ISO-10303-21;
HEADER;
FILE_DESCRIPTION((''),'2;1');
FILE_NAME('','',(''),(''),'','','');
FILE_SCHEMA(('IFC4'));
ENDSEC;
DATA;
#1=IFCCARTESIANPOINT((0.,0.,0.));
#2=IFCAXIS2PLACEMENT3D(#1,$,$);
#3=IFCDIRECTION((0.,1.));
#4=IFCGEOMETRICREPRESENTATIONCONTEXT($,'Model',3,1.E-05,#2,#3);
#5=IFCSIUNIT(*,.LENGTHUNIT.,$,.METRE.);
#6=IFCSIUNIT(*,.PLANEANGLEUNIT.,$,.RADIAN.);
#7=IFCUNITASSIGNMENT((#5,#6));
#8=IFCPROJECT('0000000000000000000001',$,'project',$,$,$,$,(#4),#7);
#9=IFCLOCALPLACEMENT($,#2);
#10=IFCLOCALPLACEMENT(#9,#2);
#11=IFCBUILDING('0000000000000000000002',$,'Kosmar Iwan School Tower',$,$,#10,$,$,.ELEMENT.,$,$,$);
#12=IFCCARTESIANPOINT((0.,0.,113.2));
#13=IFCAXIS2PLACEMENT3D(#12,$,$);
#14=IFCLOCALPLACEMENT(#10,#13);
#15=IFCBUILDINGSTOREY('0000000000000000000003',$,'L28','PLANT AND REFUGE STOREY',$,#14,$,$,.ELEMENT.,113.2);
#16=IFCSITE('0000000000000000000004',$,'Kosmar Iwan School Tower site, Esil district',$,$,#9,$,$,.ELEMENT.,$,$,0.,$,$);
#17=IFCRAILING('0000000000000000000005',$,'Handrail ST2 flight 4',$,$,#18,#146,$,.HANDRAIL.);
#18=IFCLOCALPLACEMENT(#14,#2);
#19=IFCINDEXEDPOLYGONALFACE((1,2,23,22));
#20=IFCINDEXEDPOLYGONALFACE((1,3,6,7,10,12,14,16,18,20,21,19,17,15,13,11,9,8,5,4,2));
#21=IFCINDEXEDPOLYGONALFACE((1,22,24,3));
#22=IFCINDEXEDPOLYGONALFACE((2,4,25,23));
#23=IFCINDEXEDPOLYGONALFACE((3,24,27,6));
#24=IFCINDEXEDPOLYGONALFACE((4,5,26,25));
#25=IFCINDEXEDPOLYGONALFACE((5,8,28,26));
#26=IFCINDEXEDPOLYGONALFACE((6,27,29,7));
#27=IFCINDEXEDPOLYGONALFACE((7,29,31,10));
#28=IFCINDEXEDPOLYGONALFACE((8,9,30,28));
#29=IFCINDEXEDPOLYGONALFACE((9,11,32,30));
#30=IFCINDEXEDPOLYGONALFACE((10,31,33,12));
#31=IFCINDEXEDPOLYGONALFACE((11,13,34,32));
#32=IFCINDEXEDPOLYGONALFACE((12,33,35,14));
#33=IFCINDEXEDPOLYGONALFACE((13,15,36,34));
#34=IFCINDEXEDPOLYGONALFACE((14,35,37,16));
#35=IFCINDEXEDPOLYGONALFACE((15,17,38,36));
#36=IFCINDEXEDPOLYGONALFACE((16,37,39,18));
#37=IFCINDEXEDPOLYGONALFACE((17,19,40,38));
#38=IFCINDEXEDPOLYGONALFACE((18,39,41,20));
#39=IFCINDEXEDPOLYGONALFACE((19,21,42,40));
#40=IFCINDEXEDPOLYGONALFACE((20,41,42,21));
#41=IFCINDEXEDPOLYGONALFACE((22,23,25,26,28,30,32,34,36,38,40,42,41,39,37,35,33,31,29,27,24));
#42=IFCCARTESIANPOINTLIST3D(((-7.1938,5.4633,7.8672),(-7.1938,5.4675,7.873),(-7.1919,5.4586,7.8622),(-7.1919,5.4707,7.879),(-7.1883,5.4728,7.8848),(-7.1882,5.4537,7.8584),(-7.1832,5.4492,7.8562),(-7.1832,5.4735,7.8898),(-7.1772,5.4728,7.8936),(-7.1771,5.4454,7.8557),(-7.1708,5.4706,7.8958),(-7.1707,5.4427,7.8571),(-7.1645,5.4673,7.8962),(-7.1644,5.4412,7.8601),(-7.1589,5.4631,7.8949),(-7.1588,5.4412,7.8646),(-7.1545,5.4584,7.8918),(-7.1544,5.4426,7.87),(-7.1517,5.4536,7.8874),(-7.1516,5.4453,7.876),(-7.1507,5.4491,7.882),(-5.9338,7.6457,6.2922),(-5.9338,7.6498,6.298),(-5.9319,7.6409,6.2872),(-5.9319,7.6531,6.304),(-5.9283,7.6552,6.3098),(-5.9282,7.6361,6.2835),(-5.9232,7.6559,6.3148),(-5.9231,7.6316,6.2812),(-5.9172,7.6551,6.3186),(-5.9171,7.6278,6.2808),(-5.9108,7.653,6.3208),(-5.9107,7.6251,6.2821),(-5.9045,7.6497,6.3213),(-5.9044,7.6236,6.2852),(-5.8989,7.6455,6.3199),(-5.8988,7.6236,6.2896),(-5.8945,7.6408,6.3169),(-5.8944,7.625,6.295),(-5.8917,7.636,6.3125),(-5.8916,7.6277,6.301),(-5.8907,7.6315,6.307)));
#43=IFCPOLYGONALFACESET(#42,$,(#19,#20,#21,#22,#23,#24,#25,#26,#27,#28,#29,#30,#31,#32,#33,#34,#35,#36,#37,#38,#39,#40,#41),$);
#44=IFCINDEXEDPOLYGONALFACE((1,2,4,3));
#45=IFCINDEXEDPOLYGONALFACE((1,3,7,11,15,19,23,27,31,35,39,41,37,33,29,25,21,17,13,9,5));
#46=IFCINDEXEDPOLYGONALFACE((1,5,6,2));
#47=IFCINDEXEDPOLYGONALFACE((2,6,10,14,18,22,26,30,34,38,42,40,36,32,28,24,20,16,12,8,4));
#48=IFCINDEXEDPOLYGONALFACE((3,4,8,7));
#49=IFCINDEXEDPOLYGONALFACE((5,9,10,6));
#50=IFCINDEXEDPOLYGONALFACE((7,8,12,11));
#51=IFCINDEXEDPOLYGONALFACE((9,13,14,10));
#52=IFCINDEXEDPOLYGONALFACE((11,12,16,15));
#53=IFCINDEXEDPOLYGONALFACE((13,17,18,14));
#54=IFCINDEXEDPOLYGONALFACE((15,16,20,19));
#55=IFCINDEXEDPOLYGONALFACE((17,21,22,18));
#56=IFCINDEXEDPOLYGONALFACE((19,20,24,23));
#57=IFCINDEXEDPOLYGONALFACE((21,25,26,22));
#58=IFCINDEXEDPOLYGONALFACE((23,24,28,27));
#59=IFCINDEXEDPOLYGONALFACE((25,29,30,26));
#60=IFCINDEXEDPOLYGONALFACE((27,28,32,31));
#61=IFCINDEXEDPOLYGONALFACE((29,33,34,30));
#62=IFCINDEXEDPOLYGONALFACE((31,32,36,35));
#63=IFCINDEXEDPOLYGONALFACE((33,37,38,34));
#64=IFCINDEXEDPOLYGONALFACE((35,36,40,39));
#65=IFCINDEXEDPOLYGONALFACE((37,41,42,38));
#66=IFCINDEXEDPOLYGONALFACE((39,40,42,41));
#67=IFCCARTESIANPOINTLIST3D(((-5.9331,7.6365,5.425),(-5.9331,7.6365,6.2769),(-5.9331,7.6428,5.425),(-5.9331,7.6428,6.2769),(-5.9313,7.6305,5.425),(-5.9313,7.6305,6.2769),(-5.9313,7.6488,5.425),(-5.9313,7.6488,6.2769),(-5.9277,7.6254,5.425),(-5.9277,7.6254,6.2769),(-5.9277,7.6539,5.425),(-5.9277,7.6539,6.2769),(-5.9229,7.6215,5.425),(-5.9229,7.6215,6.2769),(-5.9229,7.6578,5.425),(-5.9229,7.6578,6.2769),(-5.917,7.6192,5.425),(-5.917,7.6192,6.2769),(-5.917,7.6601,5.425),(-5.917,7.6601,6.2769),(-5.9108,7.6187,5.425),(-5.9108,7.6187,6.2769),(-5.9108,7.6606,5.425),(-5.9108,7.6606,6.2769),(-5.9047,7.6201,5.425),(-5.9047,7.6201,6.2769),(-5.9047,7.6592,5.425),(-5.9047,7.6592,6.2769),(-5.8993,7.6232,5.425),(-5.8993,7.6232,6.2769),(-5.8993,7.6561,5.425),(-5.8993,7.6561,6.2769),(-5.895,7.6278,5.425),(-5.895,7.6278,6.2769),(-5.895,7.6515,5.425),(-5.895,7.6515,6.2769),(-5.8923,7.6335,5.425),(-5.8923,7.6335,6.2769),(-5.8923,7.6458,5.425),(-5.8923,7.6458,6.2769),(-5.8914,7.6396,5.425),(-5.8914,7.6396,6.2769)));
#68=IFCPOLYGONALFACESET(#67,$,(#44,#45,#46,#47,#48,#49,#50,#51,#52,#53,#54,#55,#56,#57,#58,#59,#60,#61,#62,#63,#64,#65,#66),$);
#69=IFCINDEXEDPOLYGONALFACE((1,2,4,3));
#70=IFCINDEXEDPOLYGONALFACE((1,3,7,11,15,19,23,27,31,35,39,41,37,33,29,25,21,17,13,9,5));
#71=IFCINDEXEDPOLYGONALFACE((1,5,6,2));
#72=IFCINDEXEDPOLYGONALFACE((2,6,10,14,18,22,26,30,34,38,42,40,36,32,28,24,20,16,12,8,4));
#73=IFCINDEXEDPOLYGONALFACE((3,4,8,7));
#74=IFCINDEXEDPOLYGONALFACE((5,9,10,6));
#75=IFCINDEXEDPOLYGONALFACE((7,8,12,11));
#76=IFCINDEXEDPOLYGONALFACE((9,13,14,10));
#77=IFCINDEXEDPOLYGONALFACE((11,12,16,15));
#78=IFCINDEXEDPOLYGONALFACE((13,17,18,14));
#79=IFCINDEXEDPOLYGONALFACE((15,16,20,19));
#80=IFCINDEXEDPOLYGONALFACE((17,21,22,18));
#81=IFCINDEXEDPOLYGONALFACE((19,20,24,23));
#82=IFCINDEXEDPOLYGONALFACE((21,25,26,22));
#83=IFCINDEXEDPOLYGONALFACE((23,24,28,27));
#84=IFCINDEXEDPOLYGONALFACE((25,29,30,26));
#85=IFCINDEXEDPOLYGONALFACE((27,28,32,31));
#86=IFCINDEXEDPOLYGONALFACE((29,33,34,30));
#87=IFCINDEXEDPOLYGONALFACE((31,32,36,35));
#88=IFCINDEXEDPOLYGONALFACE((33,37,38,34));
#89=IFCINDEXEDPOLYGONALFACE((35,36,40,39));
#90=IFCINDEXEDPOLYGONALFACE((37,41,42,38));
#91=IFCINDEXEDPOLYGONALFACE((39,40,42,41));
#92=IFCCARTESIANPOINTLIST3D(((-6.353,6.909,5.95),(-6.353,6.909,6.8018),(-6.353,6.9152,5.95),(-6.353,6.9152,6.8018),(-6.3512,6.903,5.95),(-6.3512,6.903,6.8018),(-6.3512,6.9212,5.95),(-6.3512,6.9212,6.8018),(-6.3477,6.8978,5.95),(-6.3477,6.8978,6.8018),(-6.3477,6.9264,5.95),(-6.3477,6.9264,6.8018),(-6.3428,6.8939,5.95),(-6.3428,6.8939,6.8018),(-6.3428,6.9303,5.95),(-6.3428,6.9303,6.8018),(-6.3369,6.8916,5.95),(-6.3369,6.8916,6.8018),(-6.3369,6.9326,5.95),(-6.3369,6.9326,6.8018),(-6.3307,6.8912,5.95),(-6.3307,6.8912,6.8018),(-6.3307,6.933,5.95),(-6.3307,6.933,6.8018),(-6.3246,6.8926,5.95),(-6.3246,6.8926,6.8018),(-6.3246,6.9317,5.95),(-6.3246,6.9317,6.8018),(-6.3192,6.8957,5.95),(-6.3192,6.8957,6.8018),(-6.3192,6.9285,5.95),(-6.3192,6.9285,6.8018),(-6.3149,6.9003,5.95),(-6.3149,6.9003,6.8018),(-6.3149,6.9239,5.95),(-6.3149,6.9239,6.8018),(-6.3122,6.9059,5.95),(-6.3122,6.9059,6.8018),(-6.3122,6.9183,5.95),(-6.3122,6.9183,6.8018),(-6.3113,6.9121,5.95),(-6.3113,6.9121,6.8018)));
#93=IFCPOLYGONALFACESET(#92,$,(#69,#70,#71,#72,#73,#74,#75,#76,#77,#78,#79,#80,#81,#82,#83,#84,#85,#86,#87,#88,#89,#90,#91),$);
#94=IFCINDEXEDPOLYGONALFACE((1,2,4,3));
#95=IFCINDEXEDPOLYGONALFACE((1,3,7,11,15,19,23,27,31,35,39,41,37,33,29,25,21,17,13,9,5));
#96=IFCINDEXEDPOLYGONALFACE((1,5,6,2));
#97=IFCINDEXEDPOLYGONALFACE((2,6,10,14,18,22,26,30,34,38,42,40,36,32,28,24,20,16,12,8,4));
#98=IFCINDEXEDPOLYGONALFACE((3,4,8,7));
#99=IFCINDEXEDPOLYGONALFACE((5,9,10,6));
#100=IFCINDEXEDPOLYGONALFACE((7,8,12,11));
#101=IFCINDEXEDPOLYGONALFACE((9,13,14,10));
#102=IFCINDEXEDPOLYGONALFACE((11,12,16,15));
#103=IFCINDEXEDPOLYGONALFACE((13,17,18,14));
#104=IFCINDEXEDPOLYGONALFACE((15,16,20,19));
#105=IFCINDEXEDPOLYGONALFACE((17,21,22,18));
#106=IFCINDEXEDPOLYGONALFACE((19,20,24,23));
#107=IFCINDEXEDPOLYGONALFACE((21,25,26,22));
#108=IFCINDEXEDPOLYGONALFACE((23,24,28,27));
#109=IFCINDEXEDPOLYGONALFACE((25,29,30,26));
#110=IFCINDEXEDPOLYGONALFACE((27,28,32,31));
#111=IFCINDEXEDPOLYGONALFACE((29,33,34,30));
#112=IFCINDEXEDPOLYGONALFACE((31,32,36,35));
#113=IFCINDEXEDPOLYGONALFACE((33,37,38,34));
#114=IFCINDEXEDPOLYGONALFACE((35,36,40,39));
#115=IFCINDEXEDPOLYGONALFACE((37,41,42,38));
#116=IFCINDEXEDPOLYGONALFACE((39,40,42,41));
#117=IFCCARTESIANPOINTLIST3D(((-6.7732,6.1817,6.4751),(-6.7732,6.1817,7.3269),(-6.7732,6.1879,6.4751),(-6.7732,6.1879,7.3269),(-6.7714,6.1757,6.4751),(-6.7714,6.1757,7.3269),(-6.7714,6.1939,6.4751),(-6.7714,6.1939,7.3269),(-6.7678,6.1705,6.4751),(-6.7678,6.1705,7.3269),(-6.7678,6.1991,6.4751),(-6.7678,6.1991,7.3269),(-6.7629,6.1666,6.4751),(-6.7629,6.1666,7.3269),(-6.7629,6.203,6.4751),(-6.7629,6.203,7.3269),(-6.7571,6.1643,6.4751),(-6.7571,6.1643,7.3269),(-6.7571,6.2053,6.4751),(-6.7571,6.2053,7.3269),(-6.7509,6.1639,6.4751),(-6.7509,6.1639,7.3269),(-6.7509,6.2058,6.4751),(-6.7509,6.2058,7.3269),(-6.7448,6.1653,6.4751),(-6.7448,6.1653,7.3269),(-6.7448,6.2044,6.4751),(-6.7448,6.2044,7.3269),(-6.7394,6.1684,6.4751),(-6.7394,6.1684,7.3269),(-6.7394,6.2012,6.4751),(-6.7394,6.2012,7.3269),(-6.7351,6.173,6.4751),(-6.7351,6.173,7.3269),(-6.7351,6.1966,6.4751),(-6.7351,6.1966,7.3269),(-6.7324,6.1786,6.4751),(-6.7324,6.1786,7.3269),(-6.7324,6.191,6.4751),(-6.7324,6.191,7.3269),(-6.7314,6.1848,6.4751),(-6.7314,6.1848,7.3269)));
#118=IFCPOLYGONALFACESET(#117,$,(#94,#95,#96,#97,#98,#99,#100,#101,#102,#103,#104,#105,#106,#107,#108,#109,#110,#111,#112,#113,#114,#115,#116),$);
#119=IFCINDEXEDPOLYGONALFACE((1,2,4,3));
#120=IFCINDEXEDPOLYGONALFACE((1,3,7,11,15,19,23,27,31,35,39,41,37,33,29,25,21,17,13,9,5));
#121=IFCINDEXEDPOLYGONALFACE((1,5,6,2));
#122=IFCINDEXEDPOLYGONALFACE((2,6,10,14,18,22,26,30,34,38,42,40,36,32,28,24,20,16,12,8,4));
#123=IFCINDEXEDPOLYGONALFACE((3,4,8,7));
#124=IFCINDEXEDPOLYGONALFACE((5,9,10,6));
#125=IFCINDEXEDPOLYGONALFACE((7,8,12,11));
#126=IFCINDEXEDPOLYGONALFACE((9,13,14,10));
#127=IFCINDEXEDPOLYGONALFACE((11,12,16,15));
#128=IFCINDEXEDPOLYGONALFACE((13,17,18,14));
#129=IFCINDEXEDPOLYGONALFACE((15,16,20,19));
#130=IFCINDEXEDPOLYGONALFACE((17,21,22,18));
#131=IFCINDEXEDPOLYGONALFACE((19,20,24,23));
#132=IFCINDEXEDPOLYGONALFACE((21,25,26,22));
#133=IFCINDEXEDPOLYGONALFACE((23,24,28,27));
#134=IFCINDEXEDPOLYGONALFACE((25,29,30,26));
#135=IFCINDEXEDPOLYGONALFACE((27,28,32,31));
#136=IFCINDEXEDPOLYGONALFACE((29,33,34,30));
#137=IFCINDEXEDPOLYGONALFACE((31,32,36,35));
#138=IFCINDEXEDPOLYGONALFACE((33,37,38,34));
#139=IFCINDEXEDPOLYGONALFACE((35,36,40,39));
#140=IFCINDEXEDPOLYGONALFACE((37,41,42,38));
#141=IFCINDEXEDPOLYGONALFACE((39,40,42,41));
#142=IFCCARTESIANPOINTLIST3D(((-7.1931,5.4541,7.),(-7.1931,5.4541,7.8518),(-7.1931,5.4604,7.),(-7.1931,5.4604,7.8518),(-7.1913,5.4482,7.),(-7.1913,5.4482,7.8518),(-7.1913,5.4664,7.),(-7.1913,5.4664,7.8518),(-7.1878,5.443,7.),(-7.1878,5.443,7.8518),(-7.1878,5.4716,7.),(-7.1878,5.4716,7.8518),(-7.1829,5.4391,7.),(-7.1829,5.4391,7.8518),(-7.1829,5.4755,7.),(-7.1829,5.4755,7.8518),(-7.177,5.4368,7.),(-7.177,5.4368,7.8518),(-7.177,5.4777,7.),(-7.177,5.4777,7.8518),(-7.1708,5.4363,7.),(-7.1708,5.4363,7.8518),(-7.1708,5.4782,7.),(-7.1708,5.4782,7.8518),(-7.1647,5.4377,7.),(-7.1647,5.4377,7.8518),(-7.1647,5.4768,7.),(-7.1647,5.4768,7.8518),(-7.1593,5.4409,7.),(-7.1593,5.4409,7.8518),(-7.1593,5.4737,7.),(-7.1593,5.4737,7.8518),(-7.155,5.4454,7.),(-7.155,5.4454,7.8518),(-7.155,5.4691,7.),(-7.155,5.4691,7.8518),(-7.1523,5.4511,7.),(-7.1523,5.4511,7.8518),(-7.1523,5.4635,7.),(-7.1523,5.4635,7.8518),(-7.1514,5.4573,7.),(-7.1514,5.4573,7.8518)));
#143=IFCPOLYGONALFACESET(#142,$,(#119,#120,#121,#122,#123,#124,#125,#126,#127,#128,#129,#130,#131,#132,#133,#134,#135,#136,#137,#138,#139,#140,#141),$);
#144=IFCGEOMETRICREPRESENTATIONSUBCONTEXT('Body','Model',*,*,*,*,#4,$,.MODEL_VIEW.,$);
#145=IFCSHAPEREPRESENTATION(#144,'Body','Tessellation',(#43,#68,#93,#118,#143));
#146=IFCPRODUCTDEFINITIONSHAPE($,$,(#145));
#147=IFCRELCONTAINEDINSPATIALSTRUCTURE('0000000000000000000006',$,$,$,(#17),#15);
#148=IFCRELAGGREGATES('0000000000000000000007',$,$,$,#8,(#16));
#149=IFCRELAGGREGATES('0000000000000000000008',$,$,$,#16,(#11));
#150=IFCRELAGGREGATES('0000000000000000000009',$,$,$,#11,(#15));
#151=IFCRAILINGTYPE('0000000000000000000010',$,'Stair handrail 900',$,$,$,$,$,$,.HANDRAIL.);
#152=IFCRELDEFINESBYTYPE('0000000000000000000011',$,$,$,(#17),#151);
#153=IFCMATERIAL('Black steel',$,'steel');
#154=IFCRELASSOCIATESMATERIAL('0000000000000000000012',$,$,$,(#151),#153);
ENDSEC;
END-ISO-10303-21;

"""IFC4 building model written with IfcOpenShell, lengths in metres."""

from ifc_helpers import new_model, si_unit, direction, frame, origin, origin_2d, place, context, subcontext, project, spatial, circle, extrude, material, type_object, element, save


model = new_model("IFC4")

# Units and contexts
model_context = context("Model", 3, precision=1e-05, world=origin(), true_north=direction((0.0, 1.0)))
body_context = subcontext(model_context, "Body", "Model", "MODEL_VIEW")
ifc_project = project(units=[si_unit("LENGTHUNIT", "METRE"), si_unit("PLANEANGLEUNIT", "RADIAN")], contexts=[model_context])

# Site, building, storey
site_placement = place(None, origin())
site = spatial("IfcSite", under=ifc_project, at=site_placement, Name="Kosmar Iwan School Tower site, Esil district", CompositionType="ELEMENT", RefElevation=0.0)
building_placement = place(site_placement, origin())
building = spatial("IfcBuilding", under=site, at=building_placement, Name="Kosmar Iwan School Tower", CompositionType="ELEMENT")
storey_placement = place(building_placement, frame((0.0, 0.0, 113.2)))
storey = spatial("IfcBuildingStorey", under=building, at=storey_placement, Name="L28", Description="PLANT AND REFUGE STOREY", CompositionType="ELEMENT", Elevation=113.2)

# Railing
ifc_material_1 = material(Name="Black steel", Category="steel")
railing_type = type_object("IfcRailingType", Name="Stair handrail 900", PredefinedType="HANDRAIL", material=ifc_material_1)
for number, where, name in (
    (1, (-5.9124, 7.6396, 5.425), "Handrail ST2 flight 4"),
):
    element("IfcRailing", number, at=place(storey_placement, frame(where)), inside=storey, type_object=railing_type, Name=name, PredefinedType="HANDRAIL", context=body_context, shape_type="SweptSolid", body=[
        extrude(circle(Radius=0.0239, at=origin_2d()), frame((0.0, 0.0, 0.876), z_axis=(-0.424007, -0.734392, 0.529988), x_axis=(0.866023, -0.500005, 0.0)), (0.0, 0.0, 1.0), 2.9717),
        extrude(circle(Radius=0.021, at=origin_2d()), origin(), (0.0, 0.0, 1.0), 0.8518),
        extrude(circle(Radius=0.021, at=origin_2d()), frame((-0.4199, -0.7275, 0.5249)), (0.0, 0.0, 1.0), 0.8518),
        extrude(circle(Radius=0.021, at=origin_2d()), frame((-0.8401, -1.4548, 1.05)), (0.0, 0.0, 1.0), 0.8518),
        extrude(circle(Radius=0.021, at=origin_2d()), frame((-1.26, -2.1824, 1.575)), (0.0, 0.0, 1.0), 0.8518),
    ])

save(model, "model.ifc")
